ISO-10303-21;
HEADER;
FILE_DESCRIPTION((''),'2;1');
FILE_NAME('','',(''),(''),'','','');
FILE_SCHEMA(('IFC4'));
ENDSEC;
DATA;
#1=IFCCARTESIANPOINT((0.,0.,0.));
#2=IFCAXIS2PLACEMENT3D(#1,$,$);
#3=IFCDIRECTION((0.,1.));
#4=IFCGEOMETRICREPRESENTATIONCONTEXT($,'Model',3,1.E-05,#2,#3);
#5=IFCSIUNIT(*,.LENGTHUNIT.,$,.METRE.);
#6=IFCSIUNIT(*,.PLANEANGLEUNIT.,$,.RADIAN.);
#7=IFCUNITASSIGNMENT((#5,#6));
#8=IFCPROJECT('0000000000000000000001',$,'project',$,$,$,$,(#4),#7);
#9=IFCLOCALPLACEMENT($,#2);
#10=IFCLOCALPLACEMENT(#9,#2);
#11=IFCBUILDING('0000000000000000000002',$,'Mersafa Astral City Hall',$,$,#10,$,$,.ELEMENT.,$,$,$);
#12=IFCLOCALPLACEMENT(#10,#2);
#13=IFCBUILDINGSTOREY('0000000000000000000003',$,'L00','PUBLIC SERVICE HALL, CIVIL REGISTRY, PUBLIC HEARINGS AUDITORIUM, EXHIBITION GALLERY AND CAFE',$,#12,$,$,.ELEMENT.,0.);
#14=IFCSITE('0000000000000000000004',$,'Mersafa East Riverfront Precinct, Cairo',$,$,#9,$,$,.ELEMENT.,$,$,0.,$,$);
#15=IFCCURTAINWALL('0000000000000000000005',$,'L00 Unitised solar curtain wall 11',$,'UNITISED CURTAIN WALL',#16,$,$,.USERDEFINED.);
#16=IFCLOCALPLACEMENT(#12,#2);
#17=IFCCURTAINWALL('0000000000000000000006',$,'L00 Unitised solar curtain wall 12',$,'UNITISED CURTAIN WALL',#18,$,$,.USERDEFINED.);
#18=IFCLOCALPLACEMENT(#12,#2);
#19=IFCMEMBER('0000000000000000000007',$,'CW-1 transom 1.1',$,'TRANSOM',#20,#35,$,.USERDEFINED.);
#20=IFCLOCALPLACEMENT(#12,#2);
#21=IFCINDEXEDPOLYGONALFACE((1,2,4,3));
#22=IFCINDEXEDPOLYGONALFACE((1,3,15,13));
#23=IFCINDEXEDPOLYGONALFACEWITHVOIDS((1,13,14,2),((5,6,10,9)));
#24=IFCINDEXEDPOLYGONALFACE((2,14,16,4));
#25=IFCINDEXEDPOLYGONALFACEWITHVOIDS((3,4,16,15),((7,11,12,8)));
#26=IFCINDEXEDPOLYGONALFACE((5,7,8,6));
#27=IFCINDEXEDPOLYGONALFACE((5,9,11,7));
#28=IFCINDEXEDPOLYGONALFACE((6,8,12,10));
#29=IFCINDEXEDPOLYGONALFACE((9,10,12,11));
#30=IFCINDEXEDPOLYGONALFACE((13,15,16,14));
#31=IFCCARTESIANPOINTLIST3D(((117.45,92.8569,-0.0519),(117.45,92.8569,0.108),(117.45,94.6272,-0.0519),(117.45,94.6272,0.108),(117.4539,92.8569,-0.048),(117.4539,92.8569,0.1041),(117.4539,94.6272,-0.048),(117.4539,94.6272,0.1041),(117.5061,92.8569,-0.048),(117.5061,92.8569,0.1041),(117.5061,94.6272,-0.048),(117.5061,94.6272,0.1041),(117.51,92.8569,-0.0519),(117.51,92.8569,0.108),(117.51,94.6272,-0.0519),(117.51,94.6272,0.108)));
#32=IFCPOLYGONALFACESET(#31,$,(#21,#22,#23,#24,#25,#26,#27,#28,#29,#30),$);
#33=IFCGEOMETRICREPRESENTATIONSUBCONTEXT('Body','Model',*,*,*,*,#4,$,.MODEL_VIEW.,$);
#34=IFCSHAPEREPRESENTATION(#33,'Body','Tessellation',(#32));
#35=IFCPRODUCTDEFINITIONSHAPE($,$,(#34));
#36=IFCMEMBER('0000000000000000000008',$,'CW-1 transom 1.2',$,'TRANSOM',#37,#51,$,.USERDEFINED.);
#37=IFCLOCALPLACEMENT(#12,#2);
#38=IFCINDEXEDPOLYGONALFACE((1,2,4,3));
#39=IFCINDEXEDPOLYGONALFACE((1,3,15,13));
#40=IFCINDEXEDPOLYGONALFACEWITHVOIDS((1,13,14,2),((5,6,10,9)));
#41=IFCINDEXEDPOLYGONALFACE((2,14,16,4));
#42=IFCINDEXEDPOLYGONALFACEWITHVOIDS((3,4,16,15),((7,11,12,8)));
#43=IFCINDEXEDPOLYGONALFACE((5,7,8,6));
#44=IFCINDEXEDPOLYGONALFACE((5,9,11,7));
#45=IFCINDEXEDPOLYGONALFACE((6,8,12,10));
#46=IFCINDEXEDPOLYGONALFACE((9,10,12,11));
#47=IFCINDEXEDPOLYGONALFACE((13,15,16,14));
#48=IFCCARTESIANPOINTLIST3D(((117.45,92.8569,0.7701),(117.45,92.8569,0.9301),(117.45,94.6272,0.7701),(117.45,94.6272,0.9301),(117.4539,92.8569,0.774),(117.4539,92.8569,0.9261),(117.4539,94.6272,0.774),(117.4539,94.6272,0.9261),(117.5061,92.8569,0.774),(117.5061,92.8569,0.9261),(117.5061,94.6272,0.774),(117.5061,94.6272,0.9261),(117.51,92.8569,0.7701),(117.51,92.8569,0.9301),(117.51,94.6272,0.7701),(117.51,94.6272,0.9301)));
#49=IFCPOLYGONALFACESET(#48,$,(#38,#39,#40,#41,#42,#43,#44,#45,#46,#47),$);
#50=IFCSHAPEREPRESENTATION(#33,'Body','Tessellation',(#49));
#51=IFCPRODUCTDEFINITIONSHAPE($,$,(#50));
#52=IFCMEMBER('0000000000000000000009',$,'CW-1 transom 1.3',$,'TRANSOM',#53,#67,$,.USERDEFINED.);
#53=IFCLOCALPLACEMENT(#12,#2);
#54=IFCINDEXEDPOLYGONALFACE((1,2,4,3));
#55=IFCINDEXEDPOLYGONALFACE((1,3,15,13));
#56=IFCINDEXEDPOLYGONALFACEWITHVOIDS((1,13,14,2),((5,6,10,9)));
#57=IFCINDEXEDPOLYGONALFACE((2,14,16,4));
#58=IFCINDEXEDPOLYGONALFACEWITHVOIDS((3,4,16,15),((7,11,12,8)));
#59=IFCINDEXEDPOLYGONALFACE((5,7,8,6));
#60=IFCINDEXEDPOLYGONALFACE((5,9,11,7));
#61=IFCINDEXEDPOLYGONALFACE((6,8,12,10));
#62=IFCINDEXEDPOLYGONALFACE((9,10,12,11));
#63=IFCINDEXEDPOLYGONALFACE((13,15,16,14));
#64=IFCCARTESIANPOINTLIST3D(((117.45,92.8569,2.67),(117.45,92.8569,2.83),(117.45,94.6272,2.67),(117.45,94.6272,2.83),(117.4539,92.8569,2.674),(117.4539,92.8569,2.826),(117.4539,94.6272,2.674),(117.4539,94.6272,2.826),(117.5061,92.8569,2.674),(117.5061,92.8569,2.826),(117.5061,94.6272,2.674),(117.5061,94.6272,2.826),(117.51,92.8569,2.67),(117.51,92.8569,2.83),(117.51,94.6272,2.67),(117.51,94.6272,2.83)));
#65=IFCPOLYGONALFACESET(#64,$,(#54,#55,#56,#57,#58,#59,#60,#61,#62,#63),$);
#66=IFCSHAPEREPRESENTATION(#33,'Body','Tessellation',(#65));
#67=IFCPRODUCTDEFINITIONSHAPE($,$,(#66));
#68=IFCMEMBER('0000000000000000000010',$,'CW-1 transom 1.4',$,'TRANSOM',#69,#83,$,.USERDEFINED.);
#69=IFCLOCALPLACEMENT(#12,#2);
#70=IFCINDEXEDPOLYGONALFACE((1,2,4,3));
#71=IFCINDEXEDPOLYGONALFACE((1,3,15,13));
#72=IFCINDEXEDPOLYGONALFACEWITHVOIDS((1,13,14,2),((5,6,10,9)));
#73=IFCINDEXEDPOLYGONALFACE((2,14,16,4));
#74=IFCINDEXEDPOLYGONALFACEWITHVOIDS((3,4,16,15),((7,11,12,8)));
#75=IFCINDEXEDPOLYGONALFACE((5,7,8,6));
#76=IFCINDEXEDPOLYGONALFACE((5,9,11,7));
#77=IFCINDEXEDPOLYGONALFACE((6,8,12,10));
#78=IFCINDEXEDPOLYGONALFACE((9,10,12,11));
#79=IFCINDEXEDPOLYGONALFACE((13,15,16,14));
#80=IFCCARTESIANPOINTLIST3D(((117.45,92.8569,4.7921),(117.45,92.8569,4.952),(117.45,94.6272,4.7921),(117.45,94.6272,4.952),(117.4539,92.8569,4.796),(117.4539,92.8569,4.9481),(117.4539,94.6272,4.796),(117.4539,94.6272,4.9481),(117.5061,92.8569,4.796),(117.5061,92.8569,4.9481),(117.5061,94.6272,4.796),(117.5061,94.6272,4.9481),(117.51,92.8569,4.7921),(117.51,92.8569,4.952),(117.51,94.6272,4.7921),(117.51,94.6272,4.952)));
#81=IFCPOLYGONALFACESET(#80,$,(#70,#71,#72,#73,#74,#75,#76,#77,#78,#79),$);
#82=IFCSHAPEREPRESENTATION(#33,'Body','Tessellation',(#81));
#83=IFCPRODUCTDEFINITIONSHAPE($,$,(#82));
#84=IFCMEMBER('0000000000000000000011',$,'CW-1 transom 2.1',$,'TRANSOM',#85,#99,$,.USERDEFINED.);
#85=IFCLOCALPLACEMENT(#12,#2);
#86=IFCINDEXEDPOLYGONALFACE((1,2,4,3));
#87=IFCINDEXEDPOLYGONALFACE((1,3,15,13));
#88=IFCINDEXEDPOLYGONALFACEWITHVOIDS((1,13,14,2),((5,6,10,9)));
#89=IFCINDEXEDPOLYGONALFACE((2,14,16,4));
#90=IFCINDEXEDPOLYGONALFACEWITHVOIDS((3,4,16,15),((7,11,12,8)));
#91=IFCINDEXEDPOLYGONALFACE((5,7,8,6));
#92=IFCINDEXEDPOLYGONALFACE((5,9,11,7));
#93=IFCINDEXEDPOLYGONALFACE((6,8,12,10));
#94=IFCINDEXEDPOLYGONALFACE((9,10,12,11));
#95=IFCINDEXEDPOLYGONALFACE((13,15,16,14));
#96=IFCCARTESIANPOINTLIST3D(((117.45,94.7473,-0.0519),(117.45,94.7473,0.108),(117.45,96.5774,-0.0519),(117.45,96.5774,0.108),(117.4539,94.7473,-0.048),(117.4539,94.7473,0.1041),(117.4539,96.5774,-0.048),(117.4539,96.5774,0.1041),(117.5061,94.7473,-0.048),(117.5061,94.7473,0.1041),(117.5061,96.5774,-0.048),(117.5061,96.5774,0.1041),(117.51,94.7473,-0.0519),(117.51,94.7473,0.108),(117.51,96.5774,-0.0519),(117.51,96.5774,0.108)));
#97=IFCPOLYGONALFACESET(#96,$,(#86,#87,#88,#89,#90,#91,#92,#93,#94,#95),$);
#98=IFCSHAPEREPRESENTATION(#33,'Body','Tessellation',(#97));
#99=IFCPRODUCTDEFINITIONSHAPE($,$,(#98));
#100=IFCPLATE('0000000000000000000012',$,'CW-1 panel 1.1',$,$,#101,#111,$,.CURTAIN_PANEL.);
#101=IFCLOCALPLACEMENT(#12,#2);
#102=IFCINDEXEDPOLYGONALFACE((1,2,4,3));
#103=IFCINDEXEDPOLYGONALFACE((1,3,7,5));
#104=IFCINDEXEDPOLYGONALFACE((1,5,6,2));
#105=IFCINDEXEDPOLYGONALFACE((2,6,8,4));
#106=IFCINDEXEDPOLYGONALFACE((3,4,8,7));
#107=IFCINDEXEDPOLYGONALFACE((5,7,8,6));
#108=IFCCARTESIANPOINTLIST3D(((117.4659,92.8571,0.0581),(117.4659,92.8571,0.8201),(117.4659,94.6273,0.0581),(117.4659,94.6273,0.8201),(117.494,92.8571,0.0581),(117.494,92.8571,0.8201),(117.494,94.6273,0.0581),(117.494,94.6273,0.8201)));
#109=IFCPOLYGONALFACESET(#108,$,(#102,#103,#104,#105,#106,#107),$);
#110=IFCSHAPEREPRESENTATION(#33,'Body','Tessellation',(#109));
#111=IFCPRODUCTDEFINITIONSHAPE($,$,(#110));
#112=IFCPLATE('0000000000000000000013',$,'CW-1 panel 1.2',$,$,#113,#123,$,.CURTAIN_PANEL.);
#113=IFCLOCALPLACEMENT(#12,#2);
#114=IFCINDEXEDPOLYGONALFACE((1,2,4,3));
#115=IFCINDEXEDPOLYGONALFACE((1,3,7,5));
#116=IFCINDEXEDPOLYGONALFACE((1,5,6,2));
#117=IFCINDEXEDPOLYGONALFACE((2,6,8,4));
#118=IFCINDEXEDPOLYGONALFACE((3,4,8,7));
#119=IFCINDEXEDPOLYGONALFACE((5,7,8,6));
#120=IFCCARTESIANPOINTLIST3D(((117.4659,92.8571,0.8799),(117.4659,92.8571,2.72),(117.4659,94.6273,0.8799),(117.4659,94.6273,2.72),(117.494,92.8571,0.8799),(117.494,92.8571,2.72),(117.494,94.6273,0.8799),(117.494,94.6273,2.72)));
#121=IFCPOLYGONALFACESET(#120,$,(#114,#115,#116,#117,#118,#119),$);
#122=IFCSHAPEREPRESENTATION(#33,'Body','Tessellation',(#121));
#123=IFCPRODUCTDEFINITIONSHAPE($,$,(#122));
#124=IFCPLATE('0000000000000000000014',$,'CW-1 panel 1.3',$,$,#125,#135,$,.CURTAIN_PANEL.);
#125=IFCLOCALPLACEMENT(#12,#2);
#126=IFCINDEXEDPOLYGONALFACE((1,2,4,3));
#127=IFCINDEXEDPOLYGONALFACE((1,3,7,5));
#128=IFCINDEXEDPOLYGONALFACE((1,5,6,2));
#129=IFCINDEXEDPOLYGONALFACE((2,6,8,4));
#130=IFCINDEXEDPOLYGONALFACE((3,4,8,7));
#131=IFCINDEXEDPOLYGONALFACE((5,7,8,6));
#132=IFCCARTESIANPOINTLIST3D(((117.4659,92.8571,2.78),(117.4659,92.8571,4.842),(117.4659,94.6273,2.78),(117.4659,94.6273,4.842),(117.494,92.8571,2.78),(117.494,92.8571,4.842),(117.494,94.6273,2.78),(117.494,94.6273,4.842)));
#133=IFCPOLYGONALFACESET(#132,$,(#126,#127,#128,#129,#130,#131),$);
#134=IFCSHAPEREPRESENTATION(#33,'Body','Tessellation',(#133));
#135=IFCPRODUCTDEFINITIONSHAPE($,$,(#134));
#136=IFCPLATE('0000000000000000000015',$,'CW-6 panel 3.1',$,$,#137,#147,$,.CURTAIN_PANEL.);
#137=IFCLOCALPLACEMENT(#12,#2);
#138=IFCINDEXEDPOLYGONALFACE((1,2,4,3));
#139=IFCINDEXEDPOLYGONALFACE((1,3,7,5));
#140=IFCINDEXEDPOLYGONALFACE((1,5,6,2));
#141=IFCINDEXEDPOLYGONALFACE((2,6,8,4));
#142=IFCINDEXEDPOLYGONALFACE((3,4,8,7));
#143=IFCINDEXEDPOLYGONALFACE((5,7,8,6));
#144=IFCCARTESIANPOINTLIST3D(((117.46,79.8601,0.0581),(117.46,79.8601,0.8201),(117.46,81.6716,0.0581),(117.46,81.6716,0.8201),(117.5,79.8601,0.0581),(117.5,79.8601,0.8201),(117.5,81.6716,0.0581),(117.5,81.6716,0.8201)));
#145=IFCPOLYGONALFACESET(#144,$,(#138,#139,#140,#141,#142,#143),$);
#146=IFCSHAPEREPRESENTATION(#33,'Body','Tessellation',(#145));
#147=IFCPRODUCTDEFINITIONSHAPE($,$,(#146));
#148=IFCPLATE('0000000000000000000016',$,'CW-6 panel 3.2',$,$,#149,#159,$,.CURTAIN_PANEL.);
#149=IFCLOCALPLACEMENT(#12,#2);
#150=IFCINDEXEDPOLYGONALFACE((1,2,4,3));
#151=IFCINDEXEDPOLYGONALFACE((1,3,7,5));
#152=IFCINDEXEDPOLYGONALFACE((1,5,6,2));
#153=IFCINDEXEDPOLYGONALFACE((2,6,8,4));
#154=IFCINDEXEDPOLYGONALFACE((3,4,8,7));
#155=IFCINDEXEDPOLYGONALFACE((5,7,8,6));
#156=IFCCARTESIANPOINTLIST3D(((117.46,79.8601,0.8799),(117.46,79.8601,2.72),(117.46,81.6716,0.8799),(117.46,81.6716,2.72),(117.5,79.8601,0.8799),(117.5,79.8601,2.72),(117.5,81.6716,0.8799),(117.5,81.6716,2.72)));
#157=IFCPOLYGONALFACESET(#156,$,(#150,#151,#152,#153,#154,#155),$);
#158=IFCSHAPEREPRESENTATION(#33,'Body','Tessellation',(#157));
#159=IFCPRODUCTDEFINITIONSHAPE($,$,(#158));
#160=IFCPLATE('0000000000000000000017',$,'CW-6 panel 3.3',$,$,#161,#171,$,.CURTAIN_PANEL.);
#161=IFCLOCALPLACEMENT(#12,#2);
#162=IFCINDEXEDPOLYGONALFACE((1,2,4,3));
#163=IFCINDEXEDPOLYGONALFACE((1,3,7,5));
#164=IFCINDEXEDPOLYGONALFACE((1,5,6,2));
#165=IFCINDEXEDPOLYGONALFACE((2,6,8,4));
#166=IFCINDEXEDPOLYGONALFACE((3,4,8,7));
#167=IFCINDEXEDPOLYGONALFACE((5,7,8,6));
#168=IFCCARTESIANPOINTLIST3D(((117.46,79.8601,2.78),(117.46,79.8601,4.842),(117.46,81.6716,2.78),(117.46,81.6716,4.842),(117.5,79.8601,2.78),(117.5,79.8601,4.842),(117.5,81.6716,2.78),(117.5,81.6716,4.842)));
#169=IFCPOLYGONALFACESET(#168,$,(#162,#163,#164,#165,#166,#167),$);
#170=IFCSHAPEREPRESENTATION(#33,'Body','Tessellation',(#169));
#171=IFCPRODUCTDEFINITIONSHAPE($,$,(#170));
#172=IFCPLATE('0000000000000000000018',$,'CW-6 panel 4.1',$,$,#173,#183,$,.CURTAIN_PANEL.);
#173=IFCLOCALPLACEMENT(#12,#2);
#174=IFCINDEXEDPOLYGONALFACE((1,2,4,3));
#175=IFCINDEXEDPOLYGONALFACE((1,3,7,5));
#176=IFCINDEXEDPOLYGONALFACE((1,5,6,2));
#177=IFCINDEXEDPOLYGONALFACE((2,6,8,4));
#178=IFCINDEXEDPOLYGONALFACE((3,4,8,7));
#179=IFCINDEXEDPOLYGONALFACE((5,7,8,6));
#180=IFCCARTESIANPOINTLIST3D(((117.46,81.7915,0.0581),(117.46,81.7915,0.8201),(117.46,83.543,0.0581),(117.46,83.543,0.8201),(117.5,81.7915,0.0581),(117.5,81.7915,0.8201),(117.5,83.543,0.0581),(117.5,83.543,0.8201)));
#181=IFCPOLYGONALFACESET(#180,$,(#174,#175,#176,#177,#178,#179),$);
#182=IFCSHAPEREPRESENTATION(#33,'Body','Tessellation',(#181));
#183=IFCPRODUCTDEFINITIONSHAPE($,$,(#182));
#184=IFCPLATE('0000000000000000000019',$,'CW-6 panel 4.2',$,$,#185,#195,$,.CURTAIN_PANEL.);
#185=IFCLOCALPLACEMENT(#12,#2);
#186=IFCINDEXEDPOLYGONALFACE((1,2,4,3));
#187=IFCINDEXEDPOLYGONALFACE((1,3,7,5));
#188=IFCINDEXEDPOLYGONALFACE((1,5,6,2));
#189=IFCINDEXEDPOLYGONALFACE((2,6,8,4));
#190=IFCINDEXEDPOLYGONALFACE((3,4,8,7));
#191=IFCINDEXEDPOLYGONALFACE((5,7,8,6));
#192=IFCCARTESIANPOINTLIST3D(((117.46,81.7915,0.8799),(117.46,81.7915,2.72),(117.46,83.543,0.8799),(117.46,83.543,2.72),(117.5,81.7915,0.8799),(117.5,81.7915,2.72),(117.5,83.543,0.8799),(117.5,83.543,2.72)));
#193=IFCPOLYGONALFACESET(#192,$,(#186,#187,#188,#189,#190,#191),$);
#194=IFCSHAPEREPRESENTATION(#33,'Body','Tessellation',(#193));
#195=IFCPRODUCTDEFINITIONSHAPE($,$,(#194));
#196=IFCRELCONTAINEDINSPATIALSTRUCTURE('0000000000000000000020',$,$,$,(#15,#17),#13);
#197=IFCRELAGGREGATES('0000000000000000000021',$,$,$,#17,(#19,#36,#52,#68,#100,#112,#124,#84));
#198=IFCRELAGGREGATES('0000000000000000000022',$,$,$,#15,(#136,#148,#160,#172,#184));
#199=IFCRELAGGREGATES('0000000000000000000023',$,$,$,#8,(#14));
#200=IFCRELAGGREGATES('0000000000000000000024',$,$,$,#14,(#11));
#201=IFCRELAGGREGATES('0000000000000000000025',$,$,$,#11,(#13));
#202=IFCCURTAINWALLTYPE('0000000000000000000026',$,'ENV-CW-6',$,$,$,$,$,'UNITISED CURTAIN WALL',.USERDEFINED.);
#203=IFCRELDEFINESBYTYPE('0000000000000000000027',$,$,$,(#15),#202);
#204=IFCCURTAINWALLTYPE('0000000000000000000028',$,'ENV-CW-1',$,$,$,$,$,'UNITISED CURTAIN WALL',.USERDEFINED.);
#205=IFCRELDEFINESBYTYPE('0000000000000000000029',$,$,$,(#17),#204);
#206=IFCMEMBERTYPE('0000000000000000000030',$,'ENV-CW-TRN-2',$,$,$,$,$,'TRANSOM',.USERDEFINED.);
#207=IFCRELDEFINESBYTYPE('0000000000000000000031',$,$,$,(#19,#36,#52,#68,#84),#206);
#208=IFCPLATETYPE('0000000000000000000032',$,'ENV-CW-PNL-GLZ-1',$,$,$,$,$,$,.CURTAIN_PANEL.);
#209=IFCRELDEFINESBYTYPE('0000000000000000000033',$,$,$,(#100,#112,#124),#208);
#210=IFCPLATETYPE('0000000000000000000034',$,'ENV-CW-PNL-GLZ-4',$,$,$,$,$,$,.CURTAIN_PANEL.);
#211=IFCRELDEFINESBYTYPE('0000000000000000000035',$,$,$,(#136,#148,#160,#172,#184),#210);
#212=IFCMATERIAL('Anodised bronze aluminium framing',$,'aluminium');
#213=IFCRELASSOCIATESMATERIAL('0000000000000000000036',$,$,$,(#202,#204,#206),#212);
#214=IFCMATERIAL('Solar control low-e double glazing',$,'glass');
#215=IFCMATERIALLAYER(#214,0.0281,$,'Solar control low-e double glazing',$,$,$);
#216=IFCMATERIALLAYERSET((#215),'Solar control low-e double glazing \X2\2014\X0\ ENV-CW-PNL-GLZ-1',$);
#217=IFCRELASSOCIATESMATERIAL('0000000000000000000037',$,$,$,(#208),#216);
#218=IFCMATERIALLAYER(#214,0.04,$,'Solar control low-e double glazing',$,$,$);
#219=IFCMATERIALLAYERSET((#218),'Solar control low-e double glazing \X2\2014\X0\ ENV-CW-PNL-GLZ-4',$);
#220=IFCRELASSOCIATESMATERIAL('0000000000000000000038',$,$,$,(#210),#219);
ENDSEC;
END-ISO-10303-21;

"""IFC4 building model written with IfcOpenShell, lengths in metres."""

from ifc_helpers import new_model, si_unit, direction, frame, origin, origin_2d, place, context, subcontext, project, spatial, rectangle, hollow_rectangle, extrude, material, layer, layer_set, material_profile, profile_set, type_object, element, aggregate, save


model = new_model("IFC4")

# Units and contexts
model_context = context("Model", 3, precision=1e-05, world=origin(), true_north=direction((0.0, 1.0)))
body_context = subcontext(model_context, "Body", "Model", "MODEL_VIEW")
ifc_project = project(units=[si_unit("LENGTHUNIT", "METRE"), si_unit("PLANEANGLEUNIT", "RADIAN")], contexts=[model_context])

# Site, building, storey
site_placement = place(None, origin())
site = spatial("IfcSite", under=ifc_project, at=site_placement, Name="Mersafa East Riverfront Precinct, Cairo", CompositionType="ELEMENT", RefElevation=0.0)
building_placement = place(site_placement, origin())
building = spatial("IfcBuilding", under=site, at=building_placement, Name="Mersafa Astral City Hall", CompositionType="ELEMENT")
storey_placement = place(building_placement, origin())
storey = spatial("IfcBuildingStorey", under=building, at=storey_placement, Name="L00", Description="PUBLIC SERVICE HALL, CIVIL REGISTRY, PUBLIC HEARINGS AUDITORIUM, EXHIBITION GALLERY AND CAFE", CompositionType="ELEMENT", Elevation=0.0)

# Curtain walls
ifc_material_1 = material(Name="Anodised bronze aluminium framing", Category="aluminium")
curtain_wall_type_1 = type_object("IfcCurtainWallType", Name="ENV-CW-6", ElementType="UNITISED CURTAIN WALL", PredefinedType="USERDEFINED", material=ifc_material_1)
curtain_wall_1_placement = place(storey_placement, origin())
curtain_wall_1 = element("IfcCurtainWall", 1, at=curtain_wall_1_placement, inside=storey, type_object=curtain_wall_type_1, Name="L00 Unitised solar curtain wall 11", ObjectType="UNITISED CURTAIN WALL", PredefinedType="USERDEFINED")
curtain_wall_type_2 = type_object("IfcCurtainWallType", Name="ENV-CW-1", ElementType="UNITISED CURTAIN WALL", PredefinedType="USERDEFINED", material=ifc_material_1)
curtain_wall_2_placement = place(storey_placement, origin())
curtain_wall_2 = element("IfcCurtainWall", 2, at=curtain_wall_2_placement, inside=storey, type_object=curtain_wall_type_2, Name="L00 Unitised solar curtain wall 12", ObjectType="UNITISED CURTAIN WALL", PredefinedType="USERDEFINED")

# Members
ifc_material_profile_1 = material_profile(ifc_material_1, hollow_rectangle(XDim=0.0601, YDim=0.1599, WallThickness=0.0039, at=origin_2d()), Name="RHS 60x160x4")
ifc_profile_set_1 = profile_set([ifc_material_profile_1], Name="Anodised bronze aluminium framing")
member_type_1 = type_object("IfcMemberType", Name="ENV-CW-TRN-2", ElementType="TRANSOM", PredefinedType="USERDEFINED", material=ifc_profile_set_1)
member_1_placement = place(storey_placement, frame((117.48, 92.8569, 0.0281), z_axis=(0.0, 1.0, 0.0), x_axis=(-1.0, 0.0, 0.0)))
member_1 = element("IfcMember", 3, at=member_1_placement, type_object=member_type_1, Name="CW-1 transom 1.1", ObjectType="TRANSOM", PredefinedType="USERDEFINED", context=body_context, shape_type="SweptSolid", body=[
    extrude(hollow_rectangle(XDim=0.0601, YDim=0.1599, WallThickness=0.0039, at=origin_2d()), origin(), (0.0, 0.0, 1.0), 1.7703),
])
member_2_placement = place(storey_placement, frame((117.48, 92.8569, 0.8501), z_axis=(0.0, 1.0, 0.0), x_axis=(-1.0, 0.0, 0.0)))
member_2 = element("IfcMember", 4, at=member_2_placement, type_object=member_type_1, Name="CW-1 transom 1.2", ObjectType="TRANSOM", PredefinedType="USERDEFINED", context=body_context, shape_type="SweptSolid", body=[
    extrude(hollow_rectangle(XDim=0.0601, YDim=0.1599, WallThickness=0.0039, at=origin_2d()), origin(), (0.0, 0.0, 1.0), 1.7703),
])
member_3_placement = place(storey_placement, frame((117.48, 92.8569, 2.75), z_axis=(0.0, 1.0, 0.0), x_axis=(-1.0, 0.0, 0.0)))
member_3 = element("IfcMember", 5, at=member_3_placement, type_object=member_type_1, Name="CW-1 transom 1.3", ObjectType="TRANSOM", PredefinedType="USERDEFINED", context=body_context, shape_type="SweptSolid", body=[
    extrude(hollow_rectangle(XDim=0.0601, YDim=0.1599, WallThickness=0.0039, at=origin_2d()), origin(), (0.0, 0.0, 1.0), 1.7703),
])
member_4_placement = place(storey_placement, frame((117.48, 92.8569, 4.8721), z_axis=(0.0, 1.0, 0.0), x_axis=(-1.0, 0.0, 0.0)))
member_4 = element("IfcMember", 6, at=member_4_placement, type_object=member_type_1, Name="CW-1 transom 1.4", ObjectType="TRANSOM", PredefinedType="USERDEFINED", context=body_context, shape_type="SweptSolid", body=[
    extrude(hollow_rectangle(XDim=0.0601, YDim=0.1599, WallThickness=0.0039, at=origin_2d()), origin(), (0.0, 0.0, 1.0), 1.7703),
])
member_5_placement = place(storey_placement, frame((117.48, 94.7473, 0.0281), z_axis=(0.0, 1.0, 0.0), x_axis=(-1.0, 0.0, 0.0)))
member_5 = element("IfcMember", 7, at=member_5_placement, type_object=member_type_1, Name="CW-1 transom 2.1", ObjectType="TRANSOM", PredefinedType="USERDEFINED", context=body_context, shape_type="SweptSolid", body=[
    extrude(hollow_rectangle(XDim=0.0601, YDim=0.1599, WallThickness=0.0039, at=origin_2d()), origin(), (0.0, 0.0, 1.0), 1.8301),
])

# Plates
ifc_material_2 = material(Name="Solar control low-e double glazing", Category="glass")
ifc_layer_1 = layer(ifc_material_2, 0.0281, Name="Solar control low-e double glazing")
ifc_layer_set_1 = layer_set([ifc_layer_1], Name="Solar control low-e double glazing — ENV-CW-PNL-GLZ-1")
plate_type_1 = type_object("IfcPlateType", Name="ENV-CW-PNL-GLZ-1", PredefinedType="CURTAIN_PANEL", material=ifc_layer_set_1)
plate_1_placement = place(storey_placement, frame((117.48, 93.7422, 0.0581), z_axis=(0.0, 0.0, 1.0), x_axis=(0.0, 1.0, 0.0)))
plate_1 = element("IfcPlate", 8, at=plate_1_placement, type_object=plate_type_1, Name="CW-1 panel 1.1", PredefinedType="CURTAIN_PANEL", context=body_context, shape_type="SweptSolid", body=[
    extrude(rectangle(XDim=1.7703, YDim=0.0281, at=origin_2d()), origin(), (0.0, 0.0, 1.0), 0.762),
])
plate_2_placement = place(storey_placement, frame((117.48, 93.7422, 0.8799), z_axis=(0.0, 0.0, 1.0), x_axis=(0.0, 1.0, 0.0)))
plate_2 = element("IfcPlate", 9, at=plate_2_placement, type_object=plate_type_1, Name="CW-1 panel 1.2", PredefinedType="CURTAIN_PANEL", context=body_context, shape_type="SweptSolid", body=[
    extrude(rectangle(XDim=1.7703, YDim=0.0281, at=origin_2d()), origin(), (0.0, 0.0, 1.0), 1.8401),
])
plate_3_placement = place(storey_placement, frame((117.48, 93.7422, 2.78), z_axis=(0.0, 0.0, 1.0), x_axis=(0.0, 1.0, 0.0)))
plate_3 = element("IfcPlate", 10, at=plate_3_placement, type_object=plate_type_1, Name="CW-1 panel 1.3", PredefinedType="CURTAIN_PANEL", context=body_context, shape_type="SweptSolid", body=[
    extrude(rectangle(XDim=1.7703, YDim=0.0281, at=origin_2d()), origin(), (0.0, 0.0, 1.0), 2.062),
])
aggregate(curtain_wall_2, [member_1, member_2, member_3, member_4, plate_1, plate_2, plate_3, member_5])
ifc_layer_2 = layer(ifc_material_2, 0.04, Name="Solar control low-e double glazing")
ifc_layer_set_2 = layer_set([ifc_layer_2], Name="Solar control low-e double glazing — ENV-CW-PNL-GLZ-4")
plate_type_2 = type_object("IfcPlateType", Name="ENV-CW-PNL-GLZ-4", PredefinedType="CURTAIN_PANEL", material=ifc_layer_set_2)
plate_4_placement = place(storey_placement, frame((117.48, 80.7659, 0.0581), z_axis=(0.0, 0.0, 1.0), x_axis=(0.0, 1.0, 0.0)))
plate_4 = element("IfcPlate", 11, at=plate_4_placement, type_object=plate_type_2, Name="CW-6 panel 3.1", PredefinedType="CURTAIN_PANEL", context=body_context, shape_type="SweptSolid", body=[
    extrude(rectangle(XDim=1.8115, YDim=0.04, at=origin_2d()), origin(), (0.0, 0.0, 1.0), 0.762),
])
plate_5_placement = place(storey_placement, frame((117.48, 80.7659, 0.8799), z_axis=(0.0, 0.0, 1.0), x_axis=(0.0, 1.0, 0.0)))
plate_5 = element("IfcPlate", 12, at=plate_5_placement, type_object=plate_type_2, Name="CW-6 panel 3.2", PredefinedType="CURTAIN_PANEL", context=body_context, shape_type="SweptSolid", body=[
    extrude(rectangle(XDim=1.8115, YDim=0.04, at=origin_2d()), origin(), (0.0, 0.0, 1.0), 1.8401),
])
plate_6_placement = place(storey_placement, frame((117.48, 80.7659, 2.78), z_axis=(0.0, 0.0, 1.0), x_axis=(0.0, 1.0, 0.0)))
plate_6 = element("IfcPlate", 13, at=plate_6_placement, type_object=plate_type_2, Name="CW-6 panel 3.3", PredefinedType="CURTAIN_PANEL", context=body_context, shape_type="SweptSolid", body=[
    extrude(rectangle(XDim=1.8115, YDim=0.04, at=origin_2d()), origin(), (0.0, 0.0, 1.0), 2.062),
])
plate_7_placement = place(storey_placement, frame((117.48, 82.6672, 0.0581), z_axis=(0.0, 0.0, 1.0), x_axis=(0.0, 1.0, 0.0)))
plate_7 = element("IfcPlate", 14, at=plate_7_placement, type_object=plate_type_2, Name="CW-6 panel 4.1", PredefinedType="CURTAIN_PANEL", context=body_context, shape_type="SweptSolid", body=[
    extrude(rectangle(XDim=1.7515, YDim=0.04, at=origin_2d()), origin(), (0.0, 0.0, 1.0), 0.762),
])
plate_8_placement = place(storey_placement, frame((117.48, 82.6672, 0.8799), z_axis=(0.0, 0.0, 1.0), x_axis=(0.0, 1.0, 0.0)))
plate_8 = element("IfcPlate", 15, at=plate_8_placement, type_object=plate_type_2, Name="CW-6 panel 4.2", PredefinedType="CURTAIN_PANEL", context=body_context, shape_type="SweptSolid", body=[
    extrude(rectangle(XDim=1.7515, YDim=0.04, at=origin_2d()), origin(), (0.0, 0.0, 1.0), 1.8401),
])
aggregate(curtain_wall_1, [plate_4, plate_5, plate_6, plate_7, plate_8])

save(model, "model.ifc")
